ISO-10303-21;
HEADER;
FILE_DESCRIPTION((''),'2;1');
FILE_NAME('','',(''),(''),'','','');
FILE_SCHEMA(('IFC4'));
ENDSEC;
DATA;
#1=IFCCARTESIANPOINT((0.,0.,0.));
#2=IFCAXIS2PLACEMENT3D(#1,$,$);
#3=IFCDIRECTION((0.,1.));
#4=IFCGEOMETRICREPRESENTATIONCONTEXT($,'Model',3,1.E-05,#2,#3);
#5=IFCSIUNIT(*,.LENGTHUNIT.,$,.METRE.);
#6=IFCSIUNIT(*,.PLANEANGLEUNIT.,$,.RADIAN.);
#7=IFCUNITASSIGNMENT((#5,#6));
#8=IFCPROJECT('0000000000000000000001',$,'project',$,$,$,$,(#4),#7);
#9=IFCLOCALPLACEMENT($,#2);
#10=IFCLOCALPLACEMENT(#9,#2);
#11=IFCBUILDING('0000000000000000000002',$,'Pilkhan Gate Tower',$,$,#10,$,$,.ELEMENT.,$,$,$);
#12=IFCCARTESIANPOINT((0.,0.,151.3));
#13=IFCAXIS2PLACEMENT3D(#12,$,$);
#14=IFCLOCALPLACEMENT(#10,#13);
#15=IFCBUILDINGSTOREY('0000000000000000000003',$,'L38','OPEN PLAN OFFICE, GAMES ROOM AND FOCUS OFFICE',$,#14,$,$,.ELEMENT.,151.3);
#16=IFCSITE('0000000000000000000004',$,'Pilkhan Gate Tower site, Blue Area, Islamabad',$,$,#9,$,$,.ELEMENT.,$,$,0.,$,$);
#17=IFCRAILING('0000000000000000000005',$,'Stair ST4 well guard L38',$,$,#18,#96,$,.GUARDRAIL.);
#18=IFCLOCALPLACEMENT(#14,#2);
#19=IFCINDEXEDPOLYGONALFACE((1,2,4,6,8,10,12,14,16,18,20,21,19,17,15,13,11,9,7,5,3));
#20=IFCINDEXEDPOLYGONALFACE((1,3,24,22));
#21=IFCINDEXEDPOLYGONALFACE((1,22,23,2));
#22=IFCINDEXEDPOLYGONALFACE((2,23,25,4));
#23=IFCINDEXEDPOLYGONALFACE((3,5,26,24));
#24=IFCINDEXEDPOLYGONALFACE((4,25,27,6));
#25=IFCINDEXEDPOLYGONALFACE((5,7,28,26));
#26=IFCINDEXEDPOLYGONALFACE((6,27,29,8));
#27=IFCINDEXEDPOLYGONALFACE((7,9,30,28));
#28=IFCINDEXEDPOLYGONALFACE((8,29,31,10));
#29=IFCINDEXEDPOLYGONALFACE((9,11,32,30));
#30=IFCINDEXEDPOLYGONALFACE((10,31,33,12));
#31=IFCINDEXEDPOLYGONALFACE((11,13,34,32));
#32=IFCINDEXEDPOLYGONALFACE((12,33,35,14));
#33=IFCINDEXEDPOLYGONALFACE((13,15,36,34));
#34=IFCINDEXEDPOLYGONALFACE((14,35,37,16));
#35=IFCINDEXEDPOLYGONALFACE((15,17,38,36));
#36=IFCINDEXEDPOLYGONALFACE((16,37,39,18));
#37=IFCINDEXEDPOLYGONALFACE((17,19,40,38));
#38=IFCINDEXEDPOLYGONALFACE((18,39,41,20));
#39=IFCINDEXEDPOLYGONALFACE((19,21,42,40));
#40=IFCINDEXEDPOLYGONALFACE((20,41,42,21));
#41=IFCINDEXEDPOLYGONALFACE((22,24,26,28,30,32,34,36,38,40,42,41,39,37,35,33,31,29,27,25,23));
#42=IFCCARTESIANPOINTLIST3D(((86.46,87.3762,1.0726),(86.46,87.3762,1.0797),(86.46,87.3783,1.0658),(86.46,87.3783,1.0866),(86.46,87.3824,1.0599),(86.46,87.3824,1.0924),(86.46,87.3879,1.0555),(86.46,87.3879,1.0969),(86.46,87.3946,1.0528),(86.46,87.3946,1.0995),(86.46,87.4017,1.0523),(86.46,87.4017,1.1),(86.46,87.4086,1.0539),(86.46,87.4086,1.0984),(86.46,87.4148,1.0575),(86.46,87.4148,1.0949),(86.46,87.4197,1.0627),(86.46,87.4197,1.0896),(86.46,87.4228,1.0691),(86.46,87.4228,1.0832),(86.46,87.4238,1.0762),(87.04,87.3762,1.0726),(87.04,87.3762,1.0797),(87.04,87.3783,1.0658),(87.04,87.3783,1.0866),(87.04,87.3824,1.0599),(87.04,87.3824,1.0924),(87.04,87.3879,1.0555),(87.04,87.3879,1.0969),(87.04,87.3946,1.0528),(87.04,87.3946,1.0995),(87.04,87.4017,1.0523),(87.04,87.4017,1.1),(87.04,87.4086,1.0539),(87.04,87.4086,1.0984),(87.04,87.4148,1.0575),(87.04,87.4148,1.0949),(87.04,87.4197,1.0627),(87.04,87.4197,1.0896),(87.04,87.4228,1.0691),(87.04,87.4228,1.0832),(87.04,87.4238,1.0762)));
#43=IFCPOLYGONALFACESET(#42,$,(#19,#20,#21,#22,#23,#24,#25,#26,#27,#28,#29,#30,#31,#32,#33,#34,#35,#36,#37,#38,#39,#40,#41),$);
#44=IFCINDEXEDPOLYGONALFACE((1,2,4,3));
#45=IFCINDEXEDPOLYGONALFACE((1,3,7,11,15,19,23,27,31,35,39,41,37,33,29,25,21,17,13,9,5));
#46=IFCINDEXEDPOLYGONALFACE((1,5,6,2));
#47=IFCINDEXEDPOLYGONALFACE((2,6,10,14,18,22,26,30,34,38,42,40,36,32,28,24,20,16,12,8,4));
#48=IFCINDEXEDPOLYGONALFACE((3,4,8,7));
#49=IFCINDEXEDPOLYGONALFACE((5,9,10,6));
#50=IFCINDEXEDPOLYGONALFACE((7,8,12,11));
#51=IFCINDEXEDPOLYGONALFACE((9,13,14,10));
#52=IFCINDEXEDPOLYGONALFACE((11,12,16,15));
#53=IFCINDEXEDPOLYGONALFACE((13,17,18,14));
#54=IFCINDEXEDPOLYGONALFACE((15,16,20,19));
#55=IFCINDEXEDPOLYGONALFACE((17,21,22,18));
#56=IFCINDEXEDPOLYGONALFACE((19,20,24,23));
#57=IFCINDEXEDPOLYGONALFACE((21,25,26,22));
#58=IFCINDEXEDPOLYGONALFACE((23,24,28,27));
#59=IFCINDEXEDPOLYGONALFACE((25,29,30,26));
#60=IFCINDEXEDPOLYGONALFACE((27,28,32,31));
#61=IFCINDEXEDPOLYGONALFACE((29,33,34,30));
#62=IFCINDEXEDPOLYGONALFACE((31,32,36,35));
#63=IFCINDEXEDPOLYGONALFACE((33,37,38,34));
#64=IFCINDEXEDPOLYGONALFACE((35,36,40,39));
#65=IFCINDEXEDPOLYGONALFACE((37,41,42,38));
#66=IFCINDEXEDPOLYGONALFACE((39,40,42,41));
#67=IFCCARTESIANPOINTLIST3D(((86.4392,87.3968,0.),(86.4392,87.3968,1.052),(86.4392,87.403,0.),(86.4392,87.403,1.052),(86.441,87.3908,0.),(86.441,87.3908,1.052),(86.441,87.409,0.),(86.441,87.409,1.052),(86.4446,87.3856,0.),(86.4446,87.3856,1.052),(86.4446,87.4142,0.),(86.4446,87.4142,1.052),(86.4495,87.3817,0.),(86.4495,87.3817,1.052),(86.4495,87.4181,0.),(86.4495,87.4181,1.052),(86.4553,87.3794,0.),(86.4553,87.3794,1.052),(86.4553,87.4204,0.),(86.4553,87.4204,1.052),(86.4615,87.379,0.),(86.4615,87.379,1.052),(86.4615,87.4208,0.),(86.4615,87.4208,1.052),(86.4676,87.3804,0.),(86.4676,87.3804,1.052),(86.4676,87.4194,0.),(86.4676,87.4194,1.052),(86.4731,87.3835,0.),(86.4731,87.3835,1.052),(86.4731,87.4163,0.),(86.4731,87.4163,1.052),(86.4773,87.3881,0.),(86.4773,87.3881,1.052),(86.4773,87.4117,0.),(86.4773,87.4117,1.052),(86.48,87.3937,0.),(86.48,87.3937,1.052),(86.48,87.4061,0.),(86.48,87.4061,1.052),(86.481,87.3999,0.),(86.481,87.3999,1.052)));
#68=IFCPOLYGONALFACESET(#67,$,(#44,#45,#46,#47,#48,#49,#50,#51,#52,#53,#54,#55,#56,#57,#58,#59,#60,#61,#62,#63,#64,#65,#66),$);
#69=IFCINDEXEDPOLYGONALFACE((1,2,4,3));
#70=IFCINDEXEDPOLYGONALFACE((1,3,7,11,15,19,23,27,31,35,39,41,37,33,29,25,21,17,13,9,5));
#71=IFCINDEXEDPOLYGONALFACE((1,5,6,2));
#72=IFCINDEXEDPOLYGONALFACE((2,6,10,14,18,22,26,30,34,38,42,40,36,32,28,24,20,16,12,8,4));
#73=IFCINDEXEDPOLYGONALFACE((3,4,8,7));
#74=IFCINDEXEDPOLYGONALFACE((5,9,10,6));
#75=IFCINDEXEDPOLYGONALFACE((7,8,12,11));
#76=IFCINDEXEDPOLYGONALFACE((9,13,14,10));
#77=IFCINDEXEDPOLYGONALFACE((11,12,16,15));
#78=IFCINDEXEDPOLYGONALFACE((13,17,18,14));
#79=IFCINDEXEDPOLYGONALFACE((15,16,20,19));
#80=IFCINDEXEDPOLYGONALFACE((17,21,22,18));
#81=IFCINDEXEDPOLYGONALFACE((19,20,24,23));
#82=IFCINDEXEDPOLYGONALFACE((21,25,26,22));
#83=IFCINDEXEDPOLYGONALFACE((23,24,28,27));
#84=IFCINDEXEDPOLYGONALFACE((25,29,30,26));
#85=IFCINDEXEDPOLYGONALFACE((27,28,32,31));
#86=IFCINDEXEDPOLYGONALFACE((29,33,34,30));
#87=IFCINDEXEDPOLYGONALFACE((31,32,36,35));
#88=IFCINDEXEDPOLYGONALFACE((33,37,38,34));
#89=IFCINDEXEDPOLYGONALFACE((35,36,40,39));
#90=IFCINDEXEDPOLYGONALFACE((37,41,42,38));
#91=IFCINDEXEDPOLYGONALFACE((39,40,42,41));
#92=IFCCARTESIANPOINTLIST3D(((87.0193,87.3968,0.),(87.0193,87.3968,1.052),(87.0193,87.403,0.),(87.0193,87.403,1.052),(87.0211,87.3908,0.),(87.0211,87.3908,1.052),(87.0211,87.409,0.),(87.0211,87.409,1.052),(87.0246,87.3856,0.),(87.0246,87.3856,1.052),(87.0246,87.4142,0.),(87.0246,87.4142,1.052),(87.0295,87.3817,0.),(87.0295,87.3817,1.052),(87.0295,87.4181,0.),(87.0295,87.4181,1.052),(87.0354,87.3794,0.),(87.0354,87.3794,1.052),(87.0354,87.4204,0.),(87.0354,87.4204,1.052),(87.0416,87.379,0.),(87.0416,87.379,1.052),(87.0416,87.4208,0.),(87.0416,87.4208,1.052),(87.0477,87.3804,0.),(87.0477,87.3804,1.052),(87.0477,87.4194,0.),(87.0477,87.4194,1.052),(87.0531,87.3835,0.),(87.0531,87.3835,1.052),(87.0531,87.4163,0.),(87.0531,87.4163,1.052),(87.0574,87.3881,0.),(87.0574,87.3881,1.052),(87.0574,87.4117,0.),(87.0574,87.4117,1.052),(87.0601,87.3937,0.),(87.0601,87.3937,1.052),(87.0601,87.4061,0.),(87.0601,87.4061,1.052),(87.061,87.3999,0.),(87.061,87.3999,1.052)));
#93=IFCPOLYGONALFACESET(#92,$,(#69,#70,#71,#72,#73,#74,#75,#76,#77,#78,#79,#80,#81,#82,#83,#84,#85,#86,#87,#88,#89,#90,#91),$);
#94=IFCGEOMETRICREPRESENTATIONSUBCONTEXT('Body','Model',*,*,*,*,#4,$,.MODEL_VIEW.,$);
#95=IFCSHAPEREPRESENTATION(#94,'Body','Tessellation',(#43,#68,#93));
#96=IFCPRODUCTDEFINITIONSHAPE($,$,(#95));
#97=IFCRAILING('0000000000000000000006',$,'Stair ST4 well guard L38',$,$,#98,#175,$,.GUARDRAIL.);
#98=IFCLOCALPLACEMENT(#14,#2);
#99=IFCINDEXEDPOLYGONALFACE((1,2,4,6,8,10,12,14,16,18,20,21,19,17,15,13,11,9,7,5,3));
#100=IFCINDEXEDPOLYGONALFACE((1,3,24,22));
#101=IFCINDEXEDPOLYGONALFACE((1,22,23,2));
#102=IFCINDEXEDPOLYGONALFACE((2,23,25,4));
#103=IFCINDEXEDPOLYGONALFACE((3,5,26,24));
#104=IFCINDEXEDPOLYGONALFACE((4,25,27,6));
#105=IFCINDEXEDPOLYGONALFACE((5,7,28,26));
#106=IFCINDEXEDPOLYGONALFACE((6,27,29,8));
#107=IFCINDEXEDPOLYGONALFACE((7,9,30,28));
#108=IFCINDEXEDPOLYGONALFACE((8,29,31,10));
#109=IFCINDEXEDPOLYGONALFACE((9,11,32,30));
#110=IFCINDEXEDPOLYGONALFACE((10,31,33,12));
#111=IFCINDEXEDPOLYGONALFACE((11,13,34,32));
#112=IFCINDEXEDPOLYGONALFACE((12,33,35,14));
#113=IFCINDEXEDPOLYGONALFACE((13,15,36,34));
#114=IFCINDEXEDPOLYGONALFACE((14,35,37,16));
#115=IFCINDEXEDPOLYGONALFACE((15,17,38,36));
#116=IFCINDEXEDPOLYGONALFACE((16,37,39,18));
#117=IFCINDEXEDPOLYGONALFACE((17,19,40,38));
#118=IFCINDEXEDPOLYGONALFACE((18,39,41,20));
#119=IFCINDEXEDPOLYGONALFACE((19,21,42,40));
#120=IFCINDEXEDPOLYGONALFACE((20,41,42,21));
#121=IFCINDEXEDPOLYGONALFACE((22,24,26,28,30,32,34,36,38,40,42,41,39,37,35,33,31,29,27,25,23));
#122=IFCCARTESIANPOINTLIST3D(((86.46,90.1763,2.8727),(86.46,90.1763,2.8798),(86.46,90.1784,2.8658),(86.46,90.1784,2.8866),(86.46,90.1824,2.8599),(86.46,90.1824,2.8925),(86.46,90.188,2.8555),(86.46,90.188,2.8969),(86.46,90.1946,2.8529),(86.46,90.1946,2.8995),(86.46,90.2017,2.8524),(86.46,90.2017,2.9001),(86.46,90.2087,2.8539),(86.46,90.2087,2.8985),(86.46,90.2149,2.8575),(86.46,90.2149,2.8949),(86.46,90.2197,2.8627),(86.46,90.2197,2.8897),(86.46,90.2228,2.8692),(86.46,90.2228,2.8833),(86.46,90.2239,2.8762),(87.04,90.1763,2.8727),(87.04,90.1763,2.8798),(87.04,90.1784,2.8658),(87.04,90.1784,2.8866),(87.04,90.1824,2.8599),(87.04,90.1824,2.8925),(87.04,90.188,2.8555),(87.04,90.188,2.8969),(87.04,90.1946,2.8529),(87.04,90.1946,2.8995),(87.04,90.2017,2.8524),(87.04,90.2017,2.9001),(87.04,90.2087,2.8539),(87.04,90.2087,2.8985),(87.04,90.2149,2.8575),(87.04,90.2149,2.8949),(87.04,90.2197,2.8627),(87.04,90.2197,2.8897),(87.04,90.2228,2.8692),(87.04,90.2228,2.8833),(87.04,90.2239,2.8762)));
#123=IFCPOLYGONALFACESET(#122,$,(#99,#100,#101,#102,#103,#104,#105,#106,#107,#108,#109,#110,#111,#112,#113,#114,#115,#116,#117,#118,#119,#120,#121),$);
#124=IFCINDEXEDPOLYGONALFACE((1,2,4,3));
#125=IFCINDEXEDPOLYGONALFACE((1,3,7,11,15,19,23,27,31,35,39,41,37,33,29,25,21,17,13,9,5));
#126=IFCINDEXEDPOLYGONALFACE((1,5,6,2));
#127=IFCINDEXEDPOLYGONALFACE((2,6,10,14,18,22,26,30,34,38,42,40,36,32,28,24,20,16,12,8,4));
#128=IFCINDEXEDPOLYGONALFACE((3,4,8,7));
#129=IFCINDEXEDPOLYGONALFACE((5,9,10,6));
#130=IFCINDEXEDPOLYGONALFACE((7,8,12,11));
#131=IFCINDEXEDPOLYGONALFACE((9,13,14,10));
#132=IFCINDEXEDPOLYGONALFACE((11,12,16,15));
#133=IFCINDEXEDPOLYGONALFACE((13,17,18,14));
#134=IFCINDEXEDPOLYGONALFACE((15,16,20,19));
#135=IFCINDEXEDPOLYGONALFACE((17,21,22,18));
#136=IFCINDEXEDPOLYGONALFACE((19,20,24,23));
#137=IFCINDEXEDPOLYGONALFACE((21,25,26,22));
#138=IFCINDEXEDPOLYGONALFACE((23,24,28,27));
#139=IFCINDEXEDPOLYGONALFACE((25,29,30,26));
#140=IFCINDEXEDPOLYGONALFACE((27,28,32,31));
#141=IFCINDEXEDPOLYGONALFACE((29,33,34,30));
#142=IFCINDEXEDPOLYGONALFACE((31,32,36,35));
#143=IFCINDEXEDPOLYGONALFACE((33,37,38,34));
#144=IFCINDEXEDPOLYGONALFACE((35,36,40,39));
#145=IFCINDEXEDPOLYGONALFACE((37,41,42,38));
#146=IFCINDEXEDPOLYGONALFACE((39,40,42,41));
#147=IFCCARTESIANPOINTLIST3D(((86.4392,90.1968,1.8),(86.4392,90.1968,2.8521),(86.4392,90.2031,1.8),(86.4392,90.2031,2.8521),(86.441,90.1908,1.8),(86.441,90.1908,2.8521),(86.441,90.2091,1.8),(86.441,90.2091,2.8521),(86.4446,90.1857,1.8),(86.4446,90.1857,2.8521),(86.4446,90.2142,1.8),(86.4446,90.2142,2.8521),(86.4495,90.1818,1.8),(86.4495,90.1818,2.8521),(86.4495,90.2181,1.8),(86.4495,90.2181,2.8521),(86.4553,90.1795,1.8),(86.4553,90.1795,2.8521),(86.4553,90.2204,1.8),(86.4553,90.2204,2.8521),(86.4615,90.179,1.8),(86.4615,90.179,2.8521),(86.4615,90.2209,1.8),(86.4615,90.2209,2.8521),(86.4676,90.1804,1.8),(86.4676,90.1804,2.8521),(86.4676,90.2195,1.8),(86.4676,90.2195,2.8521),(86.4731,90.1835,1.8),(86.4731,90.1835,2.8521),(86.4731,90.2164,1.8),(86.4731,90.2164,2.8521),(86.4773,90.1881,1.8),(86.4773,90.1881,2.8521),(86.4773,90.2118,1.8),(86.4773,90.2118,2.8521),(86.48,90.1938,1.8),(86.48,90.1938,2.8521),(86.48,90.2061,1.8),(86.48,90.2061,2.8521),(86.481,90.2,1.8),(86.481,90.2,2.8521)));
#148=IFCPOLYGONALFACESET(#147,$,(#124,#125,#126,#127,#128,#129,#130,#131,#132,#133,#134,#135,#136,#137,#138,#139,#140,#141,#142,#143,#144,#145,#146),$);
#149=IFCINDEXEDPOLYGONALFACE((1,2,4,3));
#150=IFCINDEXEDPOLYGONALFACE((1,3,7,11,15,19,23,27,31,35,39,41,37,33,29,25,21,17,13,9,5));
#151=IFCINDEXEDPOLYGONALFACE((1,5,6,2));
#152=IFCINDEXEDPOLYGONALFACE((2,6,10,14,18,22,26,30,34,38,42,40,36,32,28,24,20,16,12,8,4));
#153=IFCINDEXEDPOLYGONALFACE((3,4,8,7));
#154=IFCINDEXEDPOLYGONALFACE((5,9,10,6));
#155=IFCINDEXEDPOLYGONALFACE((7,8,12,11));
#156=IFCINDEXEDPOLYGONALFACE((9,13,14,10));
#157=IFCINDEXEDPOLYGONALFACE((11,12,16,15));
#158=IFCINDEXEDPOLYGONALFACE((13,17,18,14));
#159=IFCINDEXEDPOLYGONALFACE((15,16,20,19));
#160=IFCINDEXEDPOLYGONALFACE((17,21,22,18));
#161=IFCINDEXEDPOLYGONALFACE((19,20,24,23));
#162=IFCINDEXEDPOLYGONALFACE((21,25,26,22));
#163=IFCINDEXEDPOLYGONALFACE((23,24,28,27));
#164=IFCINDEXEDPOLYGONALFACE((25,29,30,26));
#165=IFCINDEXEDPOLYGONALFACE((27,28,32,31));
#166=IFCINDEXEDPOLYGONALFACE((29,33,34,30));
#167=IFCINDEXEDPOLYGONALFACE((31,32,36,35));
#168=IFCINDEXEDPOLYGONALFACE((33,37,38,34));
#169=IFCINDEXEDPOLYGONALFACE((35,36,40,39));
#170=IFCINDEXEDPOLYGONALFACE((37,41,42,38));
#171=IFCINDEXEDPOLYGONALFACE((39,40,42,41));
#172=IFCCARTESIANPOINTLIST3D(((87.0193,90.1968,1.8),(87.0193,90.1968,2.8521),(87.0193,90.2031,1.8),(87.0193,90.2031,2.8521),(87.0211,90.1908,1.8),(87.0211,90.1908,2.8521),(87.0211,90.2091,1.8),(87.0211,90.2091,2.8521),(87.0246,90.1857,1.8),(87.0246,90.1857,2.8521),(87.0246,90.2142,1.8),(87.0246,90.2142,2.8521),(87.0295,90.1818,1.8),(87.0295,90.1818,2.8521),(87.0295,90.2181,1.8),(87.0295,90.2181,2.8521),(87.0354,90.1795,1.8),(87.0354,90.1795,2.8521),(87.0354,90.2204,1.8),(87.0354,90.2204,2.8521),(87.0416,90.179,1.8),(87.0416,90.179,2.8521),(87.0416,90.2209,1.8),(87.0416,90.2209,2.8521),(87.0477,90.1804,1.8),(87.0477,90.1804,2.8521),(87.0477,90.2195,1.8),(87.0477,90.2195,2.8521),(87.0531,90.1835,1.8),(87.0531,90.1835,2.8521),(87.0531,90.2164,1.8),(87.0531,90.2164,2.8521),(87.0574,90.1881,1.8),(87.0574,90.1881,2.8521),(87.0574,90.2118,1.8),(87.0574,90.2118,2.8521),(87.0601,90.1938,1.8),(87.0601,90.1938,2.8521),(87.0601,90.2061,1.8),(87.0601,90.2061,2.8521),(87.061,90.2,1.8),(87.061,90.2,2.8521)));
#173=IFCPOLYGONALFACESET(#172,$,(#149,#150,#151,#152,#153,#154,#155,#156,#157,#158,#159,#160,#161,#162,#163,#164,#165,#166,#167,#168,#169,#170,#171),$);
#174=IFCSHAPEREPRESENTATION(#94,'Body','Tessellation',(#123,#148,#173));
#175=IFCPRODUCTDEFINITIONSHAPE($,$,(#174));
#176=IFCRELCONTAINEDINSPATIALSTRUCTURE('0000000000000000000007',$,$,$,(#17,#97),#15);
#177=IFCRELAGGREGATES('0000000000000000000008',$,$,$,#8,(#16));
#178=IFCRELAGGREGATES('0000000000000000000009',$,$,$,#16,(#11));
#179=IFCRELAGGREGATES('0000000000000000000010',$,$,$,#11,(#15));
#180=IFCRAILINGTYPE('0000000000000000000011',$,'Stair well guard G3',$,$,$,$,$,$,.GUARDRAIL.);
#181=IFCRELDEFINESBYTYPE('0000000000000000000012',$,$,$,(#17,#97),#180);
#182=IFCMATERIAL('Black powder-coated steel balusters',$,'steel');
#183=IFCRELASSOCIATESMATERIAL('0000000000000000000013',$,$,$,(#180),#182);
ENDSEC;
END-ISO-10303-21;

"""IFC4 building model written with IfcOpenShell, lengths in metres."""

from ifc_helpers import new_model, si_unit, direction, frame, origin, origin_2d, place, context, subcontext, project, spatial, circle, extrude, material, type_object, element, save


model = new_model("IFC4")

# Units and contexts
model_context = context("Model", 3, precision=1e-05, world=origin(), true_north=direction((0.0, 1.0)))
body_context = subcontext(model_context, "Body", "Model", "MODEL_VIEW")
ifc_project = project(units=[si_unit("LENGTHUNIT", "METRE"), si_unit("PLANEANGLEUNIT", "RADIAN")], contexts=[model_context])

# Site, building, storey
site_placement = place(None, origin())
site = spatial("IfcSite", under=ifc_project, at=site_placement, Name="Pilkhan Gate Tower site, Blue Area, Islamabad", CompositionType="ELEMENT", RefElevation=0.0)
building_placement = place(site_placement, origin())
building = spatial("IfcBuilding", under=site, at=building_placement, Name="Pilkhan Gate Tower", CompositionType="ELEMENT")
storey_placement = place(building_placement, frame((0.0, 0.0, 151.3)))
storey = spatial("IfcBuildingStorey", under=building, at=storey_placement, Name="L38", Description="OPEN PLAN OFFICE, GAMES ROOM AND FOCUS OFFICE", CompositionType="ELEMENT", Elevation=151.3)

# Railings
ifc_material_1 = material(Name="Black powder-coated steel balusters", Category="steel")
railing_type_1 = type_object("IfcRailingType", Name="Stair well guard G3", PredefinedType="GUARDRAIL", material=ifc_material_1)
for number, where, name in (
    (1, (86.46, 87.3999, 0.0), "Stair ST4 well guard L38"),
    (2, (86.46, 90.2, 1.8), "Stair ST4 well guard L38"),
):
    element("IfcRailing", number, at=place(storey_placement, frame(where)), inside=storey, type_object=railing_type_1, Name=name, PredefinedType="GUARDRAIL", context=body_context, shape_type="SweptSolid", body=[
        extrude(circle(Radius=0.0239, at=origin_2d()), frame((0.0, 0.0, 1.0762), z_axis=(1.0, 0.0, 0.0), x_axis=(0.0, 1.0, 0.0)), (0.0, 0.0, 1.0), 0.5801),
        extrude(circle(Radius=0.021, at=origin_2d()), origin(), (0.0, 0.0, 1.0), 1.052),
        extrude(circle(Radius=0.021, at=origin_2d()), frame((0.5801, 0.0, 0.0)), (0.0, 0.0, 1.0), 1.052),
    ])

save(model, "model.ifc")
